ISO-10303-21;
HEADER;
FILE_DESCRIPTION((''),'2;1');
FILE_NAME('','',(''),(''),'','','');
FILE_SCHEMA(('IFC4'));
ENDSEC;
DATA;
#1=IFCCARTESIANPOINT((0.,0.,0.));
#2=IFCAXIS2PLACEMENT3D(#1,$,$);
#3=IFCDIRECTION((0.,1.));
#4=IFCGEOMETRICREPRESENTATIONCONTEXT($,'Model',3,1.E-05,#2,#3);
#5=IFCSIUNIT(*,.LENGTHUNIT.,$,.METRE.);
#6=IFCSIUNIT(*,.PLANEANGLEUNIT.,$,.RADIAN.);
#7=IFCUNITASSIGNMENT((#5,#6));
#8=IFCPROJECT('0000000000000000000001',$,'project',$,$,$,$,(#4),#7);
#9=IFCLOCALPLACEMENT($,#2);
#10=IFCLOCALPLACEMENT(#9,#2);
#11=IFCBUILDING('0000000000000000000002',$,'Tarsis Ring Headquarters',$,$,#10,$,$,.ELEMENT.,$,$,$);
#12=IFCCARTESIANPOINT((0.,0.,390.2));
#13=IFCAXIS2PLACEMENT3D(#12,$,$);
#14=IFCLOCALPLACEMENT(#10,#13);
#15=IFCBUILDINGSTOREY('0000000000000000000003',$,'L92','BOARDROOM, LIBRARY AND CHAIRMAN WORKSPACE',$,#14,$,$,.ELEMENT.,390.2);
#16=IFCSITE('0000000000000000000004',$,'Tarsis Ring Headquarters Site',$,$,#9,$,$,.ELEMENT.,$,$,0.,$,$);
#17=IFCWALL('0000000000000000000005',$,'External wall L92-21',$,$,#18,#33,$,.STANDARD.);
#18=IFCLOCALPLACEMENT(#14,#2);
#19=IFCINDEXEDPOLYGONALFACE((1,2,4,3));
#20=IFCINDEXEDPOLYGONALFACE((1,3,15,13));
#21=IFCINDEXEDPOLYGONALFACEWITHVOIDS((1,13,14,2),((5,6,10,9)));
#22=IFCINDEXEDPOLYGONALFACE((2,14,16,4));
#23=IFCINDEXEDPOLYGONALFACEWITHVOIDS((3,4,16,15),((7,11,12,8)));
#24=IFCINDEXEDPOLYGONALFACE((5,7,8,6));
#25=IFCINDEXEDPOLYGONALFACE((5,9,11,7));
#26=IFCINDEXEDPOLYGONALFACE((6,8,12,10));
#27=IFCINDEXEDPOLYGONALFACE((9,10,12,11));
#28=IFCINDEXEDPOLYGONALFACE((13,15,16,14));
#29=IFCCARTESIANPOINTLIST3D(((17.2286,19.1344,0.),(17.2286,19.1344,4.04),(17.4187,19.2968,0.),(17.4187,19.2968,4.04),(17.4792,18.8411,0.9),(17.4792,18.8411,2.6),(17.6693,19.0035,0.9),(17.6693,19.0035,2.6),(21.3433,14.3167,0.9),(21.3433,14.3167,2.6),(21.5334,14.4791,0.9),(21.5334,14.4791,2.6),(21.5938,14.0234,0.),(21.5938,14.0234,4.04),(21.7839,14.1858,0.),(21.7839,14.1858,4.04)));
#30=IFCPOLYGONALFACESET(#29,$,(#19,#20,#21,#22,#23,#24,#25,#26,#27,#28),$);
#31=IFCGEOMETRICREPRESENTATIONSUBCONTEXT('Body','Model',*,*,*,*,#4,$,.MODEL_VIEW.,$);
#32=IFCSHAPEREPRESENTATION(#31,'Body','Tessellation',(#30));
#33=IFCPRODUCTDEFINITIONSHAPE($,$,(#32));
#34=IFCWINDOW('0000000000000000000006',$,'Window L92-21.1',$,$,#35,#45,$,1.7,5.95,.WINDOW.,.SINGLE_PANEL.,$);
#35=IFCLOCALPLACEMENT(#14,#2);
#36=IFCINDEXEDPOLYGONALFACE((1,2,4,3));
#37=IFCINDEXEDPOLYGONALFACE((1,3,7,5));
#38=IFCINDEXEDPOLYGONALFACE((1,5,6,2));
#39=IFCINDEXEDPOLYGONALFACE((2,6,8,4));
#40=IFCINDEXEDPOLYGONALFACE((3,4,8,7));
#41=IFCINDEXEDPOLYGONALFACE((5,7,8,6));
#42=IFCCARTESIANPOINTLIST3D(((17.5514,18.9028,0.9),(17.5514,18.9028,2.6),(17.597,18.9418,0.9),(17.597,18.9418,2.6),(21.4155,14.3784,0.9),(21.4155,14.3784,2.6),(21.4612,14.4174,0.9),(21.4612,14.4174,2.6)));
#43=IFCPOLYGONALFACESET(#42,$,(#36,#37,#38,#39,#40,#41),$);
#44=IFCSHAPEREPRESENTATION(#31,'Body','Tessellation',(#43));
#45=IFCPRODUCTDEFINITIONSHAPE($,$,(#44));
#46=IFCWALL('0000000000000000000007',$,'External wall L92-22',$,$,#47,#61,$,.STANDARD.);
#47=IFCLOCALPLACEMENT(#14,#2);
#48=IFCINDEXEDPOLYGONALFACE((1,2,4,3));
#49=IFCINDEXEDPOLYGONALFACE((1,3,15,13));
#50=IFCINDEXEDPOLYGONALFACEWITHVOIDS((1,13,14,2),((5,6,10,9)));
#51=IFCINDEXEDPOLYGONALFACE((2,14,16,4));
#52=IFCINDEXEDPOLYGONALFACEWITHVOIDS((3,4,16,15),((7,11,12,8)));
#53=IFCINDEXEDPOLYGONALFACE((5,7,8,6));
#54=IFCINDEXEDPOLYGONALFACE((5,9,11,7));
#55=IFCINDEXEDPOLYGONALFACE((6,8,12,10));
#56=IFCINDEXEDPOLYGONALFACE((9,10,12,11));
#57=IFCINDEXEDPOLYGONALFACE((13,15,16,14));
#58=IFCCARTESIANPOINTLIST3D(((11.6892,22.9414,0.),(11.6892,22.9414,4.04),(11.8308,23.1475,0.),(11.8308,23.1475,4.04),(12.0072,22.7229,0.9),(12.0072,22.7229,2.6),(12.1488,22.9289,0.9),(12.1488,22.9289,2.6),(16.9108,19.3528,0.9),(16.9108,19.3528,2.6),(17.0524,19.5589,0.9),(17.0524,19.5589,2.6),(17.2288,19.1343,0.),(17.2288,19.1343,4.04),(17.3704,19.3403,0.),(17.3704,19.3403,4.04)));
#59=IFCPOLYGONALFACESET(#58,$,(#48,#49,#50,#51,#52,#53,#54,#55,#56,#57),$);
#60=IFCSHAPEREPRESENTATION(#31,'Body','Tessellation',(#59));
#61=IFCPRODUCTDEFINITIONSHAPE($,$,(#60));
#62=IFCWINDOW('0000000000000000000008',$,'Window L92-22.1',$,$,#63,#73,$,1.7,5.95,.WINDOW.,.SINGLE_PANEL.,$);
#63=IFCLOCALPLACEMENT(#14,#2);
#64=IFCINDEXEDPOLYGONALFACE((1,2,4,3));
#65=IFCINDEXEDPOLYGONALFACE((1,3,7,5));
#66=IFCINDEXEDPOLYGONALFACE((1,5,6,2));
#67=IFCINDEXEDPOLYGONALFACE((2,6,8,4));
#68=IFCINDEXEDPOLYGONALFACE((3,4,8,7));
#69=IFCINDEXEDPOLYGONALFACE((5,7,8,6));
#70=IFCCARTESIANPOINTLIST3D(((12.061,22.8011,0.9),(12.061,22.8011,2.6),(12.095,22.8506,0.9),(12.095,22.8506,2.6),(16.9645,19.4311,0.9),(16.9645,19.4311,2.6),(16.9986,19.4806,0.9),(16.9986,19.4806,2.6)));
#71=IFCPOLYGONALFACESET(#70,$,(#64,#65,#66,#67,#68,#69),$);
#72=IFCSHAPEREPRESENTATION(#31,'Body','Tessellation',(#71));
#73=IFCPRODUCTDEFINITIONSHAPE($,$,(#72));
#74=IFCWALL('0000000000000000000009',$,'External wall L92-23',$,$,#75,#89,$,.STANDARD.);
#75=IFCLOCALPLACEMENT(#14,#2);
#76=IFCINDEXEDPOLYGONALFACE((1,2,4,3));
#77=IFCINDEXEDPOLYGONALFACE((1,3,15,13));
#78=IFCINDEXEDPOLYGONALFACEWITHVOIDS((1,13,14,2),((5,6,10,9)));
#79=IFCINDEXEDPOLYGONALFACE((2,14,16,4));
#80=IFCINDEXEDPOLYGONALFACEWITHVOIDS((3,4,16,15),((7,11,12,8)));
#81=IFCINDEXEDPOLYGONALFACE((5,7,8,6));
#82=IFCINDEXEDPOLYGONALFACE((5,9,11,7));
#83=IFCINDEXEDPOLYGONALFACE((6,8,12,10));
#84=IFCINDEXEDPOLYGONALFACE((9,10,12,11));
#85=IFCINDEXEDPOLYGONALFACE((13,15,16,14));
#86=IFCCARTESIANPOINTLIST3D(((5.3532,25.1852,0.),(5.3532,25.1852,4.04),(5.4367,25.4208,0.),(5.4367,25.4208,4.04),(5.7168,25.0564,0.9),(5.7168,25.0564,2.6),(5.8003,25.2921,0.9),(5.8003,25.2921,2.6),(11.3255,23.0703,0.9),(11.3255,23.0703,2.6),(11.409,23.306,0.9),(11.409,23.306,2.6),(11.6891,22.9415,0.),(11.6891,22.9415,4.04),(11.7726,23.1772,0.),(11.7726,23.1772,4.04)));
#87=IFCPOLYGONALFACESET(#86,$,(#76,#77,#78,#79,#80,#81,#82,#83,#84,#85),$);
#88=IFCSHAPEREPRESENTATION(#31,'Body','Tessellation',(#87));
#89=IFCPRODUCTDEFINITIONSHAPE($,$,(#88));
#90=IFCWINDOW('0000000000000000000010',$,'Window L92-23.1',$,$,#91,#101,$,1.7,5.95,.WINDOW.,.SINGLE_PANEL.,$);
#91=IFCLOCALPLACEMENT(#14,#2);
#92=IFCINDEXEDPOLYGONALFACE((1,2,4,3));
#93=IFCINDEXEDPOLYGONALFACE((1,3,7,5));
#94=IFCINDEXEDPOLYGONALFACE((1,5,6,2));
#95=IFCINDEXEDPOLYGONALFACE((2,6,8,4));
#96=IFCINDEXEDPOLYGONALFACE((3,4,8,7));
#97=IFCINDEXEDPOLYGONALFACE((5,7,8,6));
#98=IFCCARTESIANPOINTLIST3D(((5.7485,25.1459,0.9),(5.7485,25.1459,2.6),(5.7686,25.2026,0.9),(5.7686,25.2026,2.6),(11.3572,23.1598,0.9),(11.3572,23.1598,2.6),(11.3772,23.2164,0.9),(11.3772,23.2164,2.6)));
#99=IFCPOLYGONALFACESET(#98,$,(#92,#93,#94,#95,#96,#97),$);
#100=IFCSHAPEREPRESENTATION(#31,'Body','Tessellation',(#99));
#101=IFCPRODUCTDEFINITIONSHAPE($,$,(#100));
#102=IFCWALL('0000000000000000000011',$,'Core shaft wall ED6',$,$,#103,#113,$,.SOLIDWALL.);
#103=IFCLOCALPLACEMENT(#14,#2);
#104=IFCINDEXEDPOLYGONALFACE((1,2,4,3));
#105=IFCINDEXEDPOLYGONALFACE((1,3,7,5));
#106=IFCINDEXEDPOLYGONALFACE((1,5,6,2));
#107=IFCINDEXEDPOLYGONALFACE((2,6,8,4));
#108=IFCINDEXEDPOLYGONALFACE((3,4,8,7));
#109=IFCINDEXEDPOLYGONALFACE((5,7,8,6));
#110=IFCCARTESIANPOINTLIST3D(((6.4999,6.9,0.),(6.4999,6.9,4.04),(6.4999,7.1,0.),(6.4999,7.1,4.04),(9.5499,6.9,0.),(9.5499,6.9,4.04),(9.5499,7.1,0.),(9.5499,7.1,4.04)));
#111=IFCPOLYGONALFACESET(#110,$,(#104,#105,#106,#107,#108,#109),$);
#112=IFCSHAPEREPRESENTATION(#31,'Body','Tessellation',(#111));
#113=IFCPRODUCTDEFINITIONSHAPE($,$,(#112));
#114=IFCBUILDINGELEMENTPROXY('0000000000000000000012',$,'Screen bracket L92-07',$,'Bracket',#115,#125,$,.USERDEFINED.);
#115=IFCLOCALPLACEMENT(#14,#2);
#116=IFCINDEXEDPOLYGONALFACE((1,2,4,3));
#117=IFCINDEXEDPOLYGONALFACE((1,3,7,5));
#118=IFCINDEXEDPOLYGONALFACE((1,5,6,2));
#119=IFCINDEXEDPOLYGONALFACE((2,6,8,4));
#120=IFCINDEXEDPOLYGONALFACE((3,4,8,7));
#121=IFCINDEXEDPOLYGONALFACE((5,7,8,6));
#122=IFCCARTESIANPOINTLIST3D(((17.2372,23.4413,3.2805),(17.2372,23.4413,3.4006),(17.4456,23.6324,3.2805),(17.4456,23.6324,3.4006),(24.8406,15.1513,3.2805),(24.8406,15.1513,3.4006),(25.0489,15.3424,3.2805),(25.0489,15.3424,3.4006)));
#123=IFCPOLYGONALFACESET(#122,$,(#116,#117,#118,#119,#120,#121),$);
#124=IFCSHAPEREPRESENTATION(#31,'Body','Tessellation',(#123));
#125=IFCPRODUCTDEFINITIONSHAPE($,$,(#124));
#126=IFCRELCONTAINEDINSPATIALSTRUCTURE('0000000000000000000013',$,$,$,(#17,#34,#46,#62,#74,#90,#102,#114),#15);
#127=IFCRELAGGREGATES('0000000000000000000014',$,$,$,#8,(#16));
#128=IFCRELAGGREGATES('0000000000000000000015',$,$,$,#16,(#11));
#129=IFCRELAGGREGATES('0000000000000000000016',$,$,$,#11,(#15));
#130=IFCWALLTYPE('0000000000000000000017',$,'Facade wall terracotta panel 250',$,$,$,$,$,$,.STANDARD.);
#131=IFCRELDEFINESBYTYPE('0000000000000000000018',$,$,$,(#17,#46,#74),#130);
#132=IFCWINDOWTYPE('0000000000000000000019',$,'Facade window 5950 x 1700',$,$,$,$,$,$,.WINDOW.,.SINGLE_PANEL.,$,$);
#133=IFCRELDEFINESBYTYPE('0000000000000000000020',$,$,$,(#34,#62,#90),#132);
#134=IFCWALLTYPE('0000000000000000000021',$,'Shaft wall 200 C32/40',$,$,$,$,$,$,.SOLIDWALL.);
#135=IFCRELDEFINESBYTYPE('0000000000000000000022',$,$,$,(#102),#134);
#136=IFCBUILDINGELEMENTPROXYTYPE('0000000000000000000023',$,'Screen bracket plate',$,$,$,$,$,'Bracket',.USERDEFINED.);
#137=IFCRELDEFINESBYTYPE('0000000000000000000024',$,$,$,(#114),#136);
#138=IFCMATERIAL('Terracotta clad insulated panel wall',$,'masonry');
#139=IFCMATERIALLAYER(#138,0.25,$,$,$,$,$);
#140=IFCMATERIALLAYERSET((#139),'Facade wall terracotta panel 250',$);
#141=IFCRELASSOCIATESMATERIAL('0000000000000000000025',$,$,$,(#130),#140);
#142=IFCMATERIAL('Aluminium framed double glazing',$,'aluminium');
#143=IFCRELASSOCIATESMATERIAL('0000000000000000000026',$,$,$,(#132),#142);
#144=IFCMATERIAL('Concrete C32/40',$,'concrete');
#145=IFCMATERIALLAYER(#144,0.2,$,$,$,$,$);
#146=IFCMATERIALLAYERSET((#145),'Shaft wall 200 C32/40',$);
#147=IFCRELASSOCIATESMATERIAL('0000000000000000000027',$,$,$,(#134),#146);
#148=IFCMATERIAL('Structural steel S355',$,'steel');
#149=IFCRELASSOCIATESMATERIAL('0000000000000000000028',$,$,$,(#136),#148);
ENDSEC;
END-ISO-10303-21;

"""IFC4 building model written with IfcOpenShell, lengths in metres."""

from ifc_helpers import new_model, si_unit, direction, frame, frame_2d, origin, origin_2d, place, context, subcontext, project, spatial, rectangle, extrude, material, layer, layer_set, type_object, element, fill, save


model = new_model("IFC4")

# Units and contexts
model_context = context("Model", 3, precision=1e-05, world=origin(), true_north=direction((0.0, 1.0)))
body_context = subcontext(model_context, "Body", "Model", "MODEL_VIEW")
ifc_project = project(units=[si_unit("LENGTHUNIT", "METRE"), si_unit("PLANEANGLEUNIT", "RADIAN")], contexts=[model_context])

# Site, building, storey
site_placement = place(None, origin())
site = spatial("IfcSite", under=ifc_project, at=site_placement, Name="Tarsis Ring Headquarters Site", CompositionType="ELEMENT", RefElevation=0.0)
building_placement = place(site_placement, origin())
building = spatial("IfcBuilding", under=site, at=building_placement, Name="Tarsis Ring Headquarters", CompositionType="ELEMENT")
storey_placement = place(building_placement, frame((0.0, 0.0, 390.2)))
storey = spatial("IfcBuildingStorey", under=building, at=storey_placement, Name="L92", Description="BOARDROOM, LIBRARY AND CHAIRMAN WORKSPACE", CompositionType="ELEMENT", Elevation=390.2)

# Shared definitions
ifc_material_1 = material(Name="Structural steel S355", Category="steel")

# Walls, openings, windows
ifc_material_2 = material(Name="Terracotta clad insulated panel wall", Category="masonry")
ifc_layer_1 = layer(ifc_material_2, 0.25)
ifc_layer_set_1 = layer_set([ifc_layer_1], Name="Facade wall terracotta panel 250")
wall_type_1 = type_object("IfcWallType", Name="Facade wall terracotta panel 250", PredefinedType="STANDARD", material=ifc_layer_set_1)
ifc_material_3 = material(Name="Aluminium framed double glazing", Category="aluminium")
window_type = type_object("IfcWindowType", Name="Facade window 5950 x 1700", PartitioningType="SINGLE_PANEL", PredefinedType="WINDOW", material=ifc_material_3)
wall_1_placement = place(storey_placement, frame((21.689, 14.1045, 0.0), z_axis=(0.0, 0.0, 1.0), x_axis=(-0.649444, 0.760409, 0.0)))
wall_1 = element("IfcWall", 1, at=wall_1_placement, inside=storey, type_object=wall_type_1, Name="External wall L92-21", PredefinedType="STANDARD", context=body_context, shape_type="SweptSolid", body=[
    extrude(rectangle(XDim=6.7214, YDim=0.25, at=frame_2d((3.3608, 0.0))), origin(), (0.0, 0.0, 1.0), 4.04),
])
opening_1_placement = place(wall_1_placement, frame((0.3857, 0.0, 0.8999)))
opening_1 = element("IfcOpeningElement", 2, at=opening_1_placement, cuts=wall_1, PredefinedType="OPENING", context=body_context, shape_type="SweptSolid", body=[
    extrude(rectangle(XDim=5.95, YDim=1.7, at=frame_2d((2.9751, 0.8501))), frame((0.0, 0.135, 0.0), z_axis=(0.0, -1.0, 0.0), x_axis=(1.0, 0.0, 0.0)), (0.0, 0.0, 1.0), 0.27),
])
window_1_placement = place(opening_1_placement, origin())
window_1 = element("IfcWindow", 3, at=window_1_placement, inside=storey, type_object=window_type, Name="Window L92-21.1", OverallHeight=1.7, OverallWidth=5.95, PartitioningType="SINGLE_PANEL", PredefinedType="WINDOW", context=body_context, shape_type="SweptSolid", body=[
    extrude(rectangle(XDim=5.95, YDim=1.7, at=frame_2d((2.9751, 0.8501))), frame((0.0, 0.03, 0.0), z_axis=(0.0, -1.0, 0.0), x_axis=(1.0, 0.0, 0.0)), (0.0, 0.0, 1.0), 0.0601),
])
fill(opening_1, window_1)
wall_2_placement = place(storey_placement, frame((17.2996, 19.2373, 0.0), z_axis=(0.0, 0.0, 1.0), x_axis=(-0.824133, 0.566396, 0.0)))
wall_2 = element("IfcWall", 4, at=wall_2_placement, inside=storey, type_object=wall_type_1, Name="External wall L92-22", PredefinedType="STANDARD", context=body_context, shape_type="SweptSolid", body=[
    extrude(rectangle(XDim=6.7217, YDim=0.25, at=frame_2d((3.3608, 0.0))), origin(), (0.0, 0.0, 1.0), 4.04),
])
opening_2_placement = place(wall_2_placement, frame((0.3857, 0.0, 0.8999)))
opening_2 = element("IfcOpeningElement", 5, at=opening_2_placement, cuts=wall_2, PredefinedType="OPENING", context=body_context, shape_type="SweptSolid", body=[
    extrude(rectangle(XDim=5.95, YDim=1.7, at=frame_2d((2.9751, 0.8501))), frame((0.0, 0.135, 0.0), z_axis=(0.0, -1.0, 0.0), x_axis=(1.0, 0.0, 0.0)), (0.0, 0.0, 1.0), 0.27),
])
window_2_placement = place(opening_2_placement, origin())
window_2 = element("IfcWindow", 6, at=window_2_placement, inside=storey, type_object=window_type, Name="Window L92-22.1", OverallHeight=1.7, OverallWidth=5.95, PartitioningType="SINGLE_PANEL", PredefinedType="WINDOW", context=body_context, shape_type="SweptSolid", body=[
    extrude(rectangle(XDim=5.95, YDim=1.7, at=frame_2d((2.9751, 0.8501))), frame((0.0, 0.03, 0.0), z_axis=(0.0, -1.0, 0.0), x_axis=(1.0, 0.0, 0.0)), (0.0, 0.0, 1.0), 0.0601),
])
fill(opening_2, window_2)
wall_3_placement = place(storey_placement, frame((11.731, 23.0593, 0.0), z_axis=(0.0, 0.0, 1.0), x_axis=(-0.942642, 0.333804, 0.0)))
wall_3 = element("IfcWall", 7, at=wall_3_placement, inside=storey, type_object=wall_type_1, Name="External wall L92-23", PredefinedType="STANDARD", context=body_context, shape_type="SweptSolid", body=[
    extrude(rectangle(XDim=6.7214, YDim=0.25, at=frame_2d((3.3608, 0.0))), origin(), (0.0, 0.0, 1.0), 4.04),
])
opening_3_placement = place(wall_3_placement, frame((0.3857, 0.0, 0.8999)))
opening_3 = element("IfcOpeningElement", 8, at=opening_3_placement, cuts=wall_3, PredefinedType="OPENING", context=body_context, shape_type="SweptSolid", body=[
    extrude(rectangle(XDim=5.95, YDim=1.7, at=frame_2d((2.9751, 0.8501))), frame((0.0, 0.135, 0.0), z_axis=(0.0, -1.0, 0.0), x_axis=(1.0, 0.0, 0.0)), (0.0, 0.0, 1.0), 0.27),
])
window_3_placement = place(opening_3_placement, origin())
window_3 = element("IfcWindow", 9, at=window_3_placement, inside=storey, type_object=window_type, Name="Window L92-23.1", OverallHeight=1.7, OverallWidth=5.95, PartitioningType="SINGLE_PANEL", PredefinedType="WINDOW", context=body_context, shape_type="SweptSolid", body=[
    extrude(rectangle(XDim=5.95, YDim=1.7, at=frame_2d((2.9751, 0.8501))), frame((0.0, 0.03, 0.0), z_axis=(0.0, -1.0, 0.0), x_axis=(1.0, 0.0, 0.0)), (0.0, 0.0, 1.0), 0.0601),
])
fill(opening_3, window_3)

# Wall
ifc_material_4 = material(Name="Concrete C32/40", Category="concrete")
ifc_layer_2 = layer(ifc_material_4, 0.2)
ifc_layer_set_2 = layer_set([ifc_layer_2], Name="Shaft wall 200 C32/40")
wall_type_2 = type_object("IfcWallType", Name="Shaft wall 200 C32/40", PredefinedType="SOLIDWALL", material=ifc_layer_set_2)
wall_4_placement = place(storey_placement, frame((6.5, 7.0, 0.0), z_axis=(0.0, 0.0, 1.0), x_axis=(1.0, 0.0, 0.0)))
element("IfcWall", 10, at=wall_4_placement, inside=storey, type_object=wall_type_2, Name="Core shaft wall ED6", PredefinedType="SOLIDWALL", context=body_context, shape_type="SweptSolid", body=[
    extrude(rectangle(XDim=3.05, YDim=0.2, at=frame_2d((1.5249, 0.0))), origin(), (0.0, 0.0, 1.0), 4.04),
])

# Building element proxy
building_element_proxy_type = type_object("IfcBuildingElementProxyType", Name="Screen bracket plate", ElementType="Bracket", PredefinedType="USERDEFINED", material=ifc_material_1)
proxy_placement = place(storey_placement, frame((21.1431, 19.3918, 3.2805), z_axis=(0.0, 0.0, 1.0), x_axis=(-0.675928, 0.736968, 0.0)))
element("IfcBuildingElementProxy", 11, at=proxy_placement, inside=storey, type_object=building_element_proxy_type, Name="Screen bracket L92-07", ObjectType="Bracket", PredefinedType="USERDEFINED", context=body_context, shape_type="SweptSolid", body=[
    extrude(rectangle(XDim=11.2488, YDim=0.2827, at=origin_2d()), origin(), (0.0, 0.0, 1.0), 0.1201),
])

save(model, "model.ifc")
